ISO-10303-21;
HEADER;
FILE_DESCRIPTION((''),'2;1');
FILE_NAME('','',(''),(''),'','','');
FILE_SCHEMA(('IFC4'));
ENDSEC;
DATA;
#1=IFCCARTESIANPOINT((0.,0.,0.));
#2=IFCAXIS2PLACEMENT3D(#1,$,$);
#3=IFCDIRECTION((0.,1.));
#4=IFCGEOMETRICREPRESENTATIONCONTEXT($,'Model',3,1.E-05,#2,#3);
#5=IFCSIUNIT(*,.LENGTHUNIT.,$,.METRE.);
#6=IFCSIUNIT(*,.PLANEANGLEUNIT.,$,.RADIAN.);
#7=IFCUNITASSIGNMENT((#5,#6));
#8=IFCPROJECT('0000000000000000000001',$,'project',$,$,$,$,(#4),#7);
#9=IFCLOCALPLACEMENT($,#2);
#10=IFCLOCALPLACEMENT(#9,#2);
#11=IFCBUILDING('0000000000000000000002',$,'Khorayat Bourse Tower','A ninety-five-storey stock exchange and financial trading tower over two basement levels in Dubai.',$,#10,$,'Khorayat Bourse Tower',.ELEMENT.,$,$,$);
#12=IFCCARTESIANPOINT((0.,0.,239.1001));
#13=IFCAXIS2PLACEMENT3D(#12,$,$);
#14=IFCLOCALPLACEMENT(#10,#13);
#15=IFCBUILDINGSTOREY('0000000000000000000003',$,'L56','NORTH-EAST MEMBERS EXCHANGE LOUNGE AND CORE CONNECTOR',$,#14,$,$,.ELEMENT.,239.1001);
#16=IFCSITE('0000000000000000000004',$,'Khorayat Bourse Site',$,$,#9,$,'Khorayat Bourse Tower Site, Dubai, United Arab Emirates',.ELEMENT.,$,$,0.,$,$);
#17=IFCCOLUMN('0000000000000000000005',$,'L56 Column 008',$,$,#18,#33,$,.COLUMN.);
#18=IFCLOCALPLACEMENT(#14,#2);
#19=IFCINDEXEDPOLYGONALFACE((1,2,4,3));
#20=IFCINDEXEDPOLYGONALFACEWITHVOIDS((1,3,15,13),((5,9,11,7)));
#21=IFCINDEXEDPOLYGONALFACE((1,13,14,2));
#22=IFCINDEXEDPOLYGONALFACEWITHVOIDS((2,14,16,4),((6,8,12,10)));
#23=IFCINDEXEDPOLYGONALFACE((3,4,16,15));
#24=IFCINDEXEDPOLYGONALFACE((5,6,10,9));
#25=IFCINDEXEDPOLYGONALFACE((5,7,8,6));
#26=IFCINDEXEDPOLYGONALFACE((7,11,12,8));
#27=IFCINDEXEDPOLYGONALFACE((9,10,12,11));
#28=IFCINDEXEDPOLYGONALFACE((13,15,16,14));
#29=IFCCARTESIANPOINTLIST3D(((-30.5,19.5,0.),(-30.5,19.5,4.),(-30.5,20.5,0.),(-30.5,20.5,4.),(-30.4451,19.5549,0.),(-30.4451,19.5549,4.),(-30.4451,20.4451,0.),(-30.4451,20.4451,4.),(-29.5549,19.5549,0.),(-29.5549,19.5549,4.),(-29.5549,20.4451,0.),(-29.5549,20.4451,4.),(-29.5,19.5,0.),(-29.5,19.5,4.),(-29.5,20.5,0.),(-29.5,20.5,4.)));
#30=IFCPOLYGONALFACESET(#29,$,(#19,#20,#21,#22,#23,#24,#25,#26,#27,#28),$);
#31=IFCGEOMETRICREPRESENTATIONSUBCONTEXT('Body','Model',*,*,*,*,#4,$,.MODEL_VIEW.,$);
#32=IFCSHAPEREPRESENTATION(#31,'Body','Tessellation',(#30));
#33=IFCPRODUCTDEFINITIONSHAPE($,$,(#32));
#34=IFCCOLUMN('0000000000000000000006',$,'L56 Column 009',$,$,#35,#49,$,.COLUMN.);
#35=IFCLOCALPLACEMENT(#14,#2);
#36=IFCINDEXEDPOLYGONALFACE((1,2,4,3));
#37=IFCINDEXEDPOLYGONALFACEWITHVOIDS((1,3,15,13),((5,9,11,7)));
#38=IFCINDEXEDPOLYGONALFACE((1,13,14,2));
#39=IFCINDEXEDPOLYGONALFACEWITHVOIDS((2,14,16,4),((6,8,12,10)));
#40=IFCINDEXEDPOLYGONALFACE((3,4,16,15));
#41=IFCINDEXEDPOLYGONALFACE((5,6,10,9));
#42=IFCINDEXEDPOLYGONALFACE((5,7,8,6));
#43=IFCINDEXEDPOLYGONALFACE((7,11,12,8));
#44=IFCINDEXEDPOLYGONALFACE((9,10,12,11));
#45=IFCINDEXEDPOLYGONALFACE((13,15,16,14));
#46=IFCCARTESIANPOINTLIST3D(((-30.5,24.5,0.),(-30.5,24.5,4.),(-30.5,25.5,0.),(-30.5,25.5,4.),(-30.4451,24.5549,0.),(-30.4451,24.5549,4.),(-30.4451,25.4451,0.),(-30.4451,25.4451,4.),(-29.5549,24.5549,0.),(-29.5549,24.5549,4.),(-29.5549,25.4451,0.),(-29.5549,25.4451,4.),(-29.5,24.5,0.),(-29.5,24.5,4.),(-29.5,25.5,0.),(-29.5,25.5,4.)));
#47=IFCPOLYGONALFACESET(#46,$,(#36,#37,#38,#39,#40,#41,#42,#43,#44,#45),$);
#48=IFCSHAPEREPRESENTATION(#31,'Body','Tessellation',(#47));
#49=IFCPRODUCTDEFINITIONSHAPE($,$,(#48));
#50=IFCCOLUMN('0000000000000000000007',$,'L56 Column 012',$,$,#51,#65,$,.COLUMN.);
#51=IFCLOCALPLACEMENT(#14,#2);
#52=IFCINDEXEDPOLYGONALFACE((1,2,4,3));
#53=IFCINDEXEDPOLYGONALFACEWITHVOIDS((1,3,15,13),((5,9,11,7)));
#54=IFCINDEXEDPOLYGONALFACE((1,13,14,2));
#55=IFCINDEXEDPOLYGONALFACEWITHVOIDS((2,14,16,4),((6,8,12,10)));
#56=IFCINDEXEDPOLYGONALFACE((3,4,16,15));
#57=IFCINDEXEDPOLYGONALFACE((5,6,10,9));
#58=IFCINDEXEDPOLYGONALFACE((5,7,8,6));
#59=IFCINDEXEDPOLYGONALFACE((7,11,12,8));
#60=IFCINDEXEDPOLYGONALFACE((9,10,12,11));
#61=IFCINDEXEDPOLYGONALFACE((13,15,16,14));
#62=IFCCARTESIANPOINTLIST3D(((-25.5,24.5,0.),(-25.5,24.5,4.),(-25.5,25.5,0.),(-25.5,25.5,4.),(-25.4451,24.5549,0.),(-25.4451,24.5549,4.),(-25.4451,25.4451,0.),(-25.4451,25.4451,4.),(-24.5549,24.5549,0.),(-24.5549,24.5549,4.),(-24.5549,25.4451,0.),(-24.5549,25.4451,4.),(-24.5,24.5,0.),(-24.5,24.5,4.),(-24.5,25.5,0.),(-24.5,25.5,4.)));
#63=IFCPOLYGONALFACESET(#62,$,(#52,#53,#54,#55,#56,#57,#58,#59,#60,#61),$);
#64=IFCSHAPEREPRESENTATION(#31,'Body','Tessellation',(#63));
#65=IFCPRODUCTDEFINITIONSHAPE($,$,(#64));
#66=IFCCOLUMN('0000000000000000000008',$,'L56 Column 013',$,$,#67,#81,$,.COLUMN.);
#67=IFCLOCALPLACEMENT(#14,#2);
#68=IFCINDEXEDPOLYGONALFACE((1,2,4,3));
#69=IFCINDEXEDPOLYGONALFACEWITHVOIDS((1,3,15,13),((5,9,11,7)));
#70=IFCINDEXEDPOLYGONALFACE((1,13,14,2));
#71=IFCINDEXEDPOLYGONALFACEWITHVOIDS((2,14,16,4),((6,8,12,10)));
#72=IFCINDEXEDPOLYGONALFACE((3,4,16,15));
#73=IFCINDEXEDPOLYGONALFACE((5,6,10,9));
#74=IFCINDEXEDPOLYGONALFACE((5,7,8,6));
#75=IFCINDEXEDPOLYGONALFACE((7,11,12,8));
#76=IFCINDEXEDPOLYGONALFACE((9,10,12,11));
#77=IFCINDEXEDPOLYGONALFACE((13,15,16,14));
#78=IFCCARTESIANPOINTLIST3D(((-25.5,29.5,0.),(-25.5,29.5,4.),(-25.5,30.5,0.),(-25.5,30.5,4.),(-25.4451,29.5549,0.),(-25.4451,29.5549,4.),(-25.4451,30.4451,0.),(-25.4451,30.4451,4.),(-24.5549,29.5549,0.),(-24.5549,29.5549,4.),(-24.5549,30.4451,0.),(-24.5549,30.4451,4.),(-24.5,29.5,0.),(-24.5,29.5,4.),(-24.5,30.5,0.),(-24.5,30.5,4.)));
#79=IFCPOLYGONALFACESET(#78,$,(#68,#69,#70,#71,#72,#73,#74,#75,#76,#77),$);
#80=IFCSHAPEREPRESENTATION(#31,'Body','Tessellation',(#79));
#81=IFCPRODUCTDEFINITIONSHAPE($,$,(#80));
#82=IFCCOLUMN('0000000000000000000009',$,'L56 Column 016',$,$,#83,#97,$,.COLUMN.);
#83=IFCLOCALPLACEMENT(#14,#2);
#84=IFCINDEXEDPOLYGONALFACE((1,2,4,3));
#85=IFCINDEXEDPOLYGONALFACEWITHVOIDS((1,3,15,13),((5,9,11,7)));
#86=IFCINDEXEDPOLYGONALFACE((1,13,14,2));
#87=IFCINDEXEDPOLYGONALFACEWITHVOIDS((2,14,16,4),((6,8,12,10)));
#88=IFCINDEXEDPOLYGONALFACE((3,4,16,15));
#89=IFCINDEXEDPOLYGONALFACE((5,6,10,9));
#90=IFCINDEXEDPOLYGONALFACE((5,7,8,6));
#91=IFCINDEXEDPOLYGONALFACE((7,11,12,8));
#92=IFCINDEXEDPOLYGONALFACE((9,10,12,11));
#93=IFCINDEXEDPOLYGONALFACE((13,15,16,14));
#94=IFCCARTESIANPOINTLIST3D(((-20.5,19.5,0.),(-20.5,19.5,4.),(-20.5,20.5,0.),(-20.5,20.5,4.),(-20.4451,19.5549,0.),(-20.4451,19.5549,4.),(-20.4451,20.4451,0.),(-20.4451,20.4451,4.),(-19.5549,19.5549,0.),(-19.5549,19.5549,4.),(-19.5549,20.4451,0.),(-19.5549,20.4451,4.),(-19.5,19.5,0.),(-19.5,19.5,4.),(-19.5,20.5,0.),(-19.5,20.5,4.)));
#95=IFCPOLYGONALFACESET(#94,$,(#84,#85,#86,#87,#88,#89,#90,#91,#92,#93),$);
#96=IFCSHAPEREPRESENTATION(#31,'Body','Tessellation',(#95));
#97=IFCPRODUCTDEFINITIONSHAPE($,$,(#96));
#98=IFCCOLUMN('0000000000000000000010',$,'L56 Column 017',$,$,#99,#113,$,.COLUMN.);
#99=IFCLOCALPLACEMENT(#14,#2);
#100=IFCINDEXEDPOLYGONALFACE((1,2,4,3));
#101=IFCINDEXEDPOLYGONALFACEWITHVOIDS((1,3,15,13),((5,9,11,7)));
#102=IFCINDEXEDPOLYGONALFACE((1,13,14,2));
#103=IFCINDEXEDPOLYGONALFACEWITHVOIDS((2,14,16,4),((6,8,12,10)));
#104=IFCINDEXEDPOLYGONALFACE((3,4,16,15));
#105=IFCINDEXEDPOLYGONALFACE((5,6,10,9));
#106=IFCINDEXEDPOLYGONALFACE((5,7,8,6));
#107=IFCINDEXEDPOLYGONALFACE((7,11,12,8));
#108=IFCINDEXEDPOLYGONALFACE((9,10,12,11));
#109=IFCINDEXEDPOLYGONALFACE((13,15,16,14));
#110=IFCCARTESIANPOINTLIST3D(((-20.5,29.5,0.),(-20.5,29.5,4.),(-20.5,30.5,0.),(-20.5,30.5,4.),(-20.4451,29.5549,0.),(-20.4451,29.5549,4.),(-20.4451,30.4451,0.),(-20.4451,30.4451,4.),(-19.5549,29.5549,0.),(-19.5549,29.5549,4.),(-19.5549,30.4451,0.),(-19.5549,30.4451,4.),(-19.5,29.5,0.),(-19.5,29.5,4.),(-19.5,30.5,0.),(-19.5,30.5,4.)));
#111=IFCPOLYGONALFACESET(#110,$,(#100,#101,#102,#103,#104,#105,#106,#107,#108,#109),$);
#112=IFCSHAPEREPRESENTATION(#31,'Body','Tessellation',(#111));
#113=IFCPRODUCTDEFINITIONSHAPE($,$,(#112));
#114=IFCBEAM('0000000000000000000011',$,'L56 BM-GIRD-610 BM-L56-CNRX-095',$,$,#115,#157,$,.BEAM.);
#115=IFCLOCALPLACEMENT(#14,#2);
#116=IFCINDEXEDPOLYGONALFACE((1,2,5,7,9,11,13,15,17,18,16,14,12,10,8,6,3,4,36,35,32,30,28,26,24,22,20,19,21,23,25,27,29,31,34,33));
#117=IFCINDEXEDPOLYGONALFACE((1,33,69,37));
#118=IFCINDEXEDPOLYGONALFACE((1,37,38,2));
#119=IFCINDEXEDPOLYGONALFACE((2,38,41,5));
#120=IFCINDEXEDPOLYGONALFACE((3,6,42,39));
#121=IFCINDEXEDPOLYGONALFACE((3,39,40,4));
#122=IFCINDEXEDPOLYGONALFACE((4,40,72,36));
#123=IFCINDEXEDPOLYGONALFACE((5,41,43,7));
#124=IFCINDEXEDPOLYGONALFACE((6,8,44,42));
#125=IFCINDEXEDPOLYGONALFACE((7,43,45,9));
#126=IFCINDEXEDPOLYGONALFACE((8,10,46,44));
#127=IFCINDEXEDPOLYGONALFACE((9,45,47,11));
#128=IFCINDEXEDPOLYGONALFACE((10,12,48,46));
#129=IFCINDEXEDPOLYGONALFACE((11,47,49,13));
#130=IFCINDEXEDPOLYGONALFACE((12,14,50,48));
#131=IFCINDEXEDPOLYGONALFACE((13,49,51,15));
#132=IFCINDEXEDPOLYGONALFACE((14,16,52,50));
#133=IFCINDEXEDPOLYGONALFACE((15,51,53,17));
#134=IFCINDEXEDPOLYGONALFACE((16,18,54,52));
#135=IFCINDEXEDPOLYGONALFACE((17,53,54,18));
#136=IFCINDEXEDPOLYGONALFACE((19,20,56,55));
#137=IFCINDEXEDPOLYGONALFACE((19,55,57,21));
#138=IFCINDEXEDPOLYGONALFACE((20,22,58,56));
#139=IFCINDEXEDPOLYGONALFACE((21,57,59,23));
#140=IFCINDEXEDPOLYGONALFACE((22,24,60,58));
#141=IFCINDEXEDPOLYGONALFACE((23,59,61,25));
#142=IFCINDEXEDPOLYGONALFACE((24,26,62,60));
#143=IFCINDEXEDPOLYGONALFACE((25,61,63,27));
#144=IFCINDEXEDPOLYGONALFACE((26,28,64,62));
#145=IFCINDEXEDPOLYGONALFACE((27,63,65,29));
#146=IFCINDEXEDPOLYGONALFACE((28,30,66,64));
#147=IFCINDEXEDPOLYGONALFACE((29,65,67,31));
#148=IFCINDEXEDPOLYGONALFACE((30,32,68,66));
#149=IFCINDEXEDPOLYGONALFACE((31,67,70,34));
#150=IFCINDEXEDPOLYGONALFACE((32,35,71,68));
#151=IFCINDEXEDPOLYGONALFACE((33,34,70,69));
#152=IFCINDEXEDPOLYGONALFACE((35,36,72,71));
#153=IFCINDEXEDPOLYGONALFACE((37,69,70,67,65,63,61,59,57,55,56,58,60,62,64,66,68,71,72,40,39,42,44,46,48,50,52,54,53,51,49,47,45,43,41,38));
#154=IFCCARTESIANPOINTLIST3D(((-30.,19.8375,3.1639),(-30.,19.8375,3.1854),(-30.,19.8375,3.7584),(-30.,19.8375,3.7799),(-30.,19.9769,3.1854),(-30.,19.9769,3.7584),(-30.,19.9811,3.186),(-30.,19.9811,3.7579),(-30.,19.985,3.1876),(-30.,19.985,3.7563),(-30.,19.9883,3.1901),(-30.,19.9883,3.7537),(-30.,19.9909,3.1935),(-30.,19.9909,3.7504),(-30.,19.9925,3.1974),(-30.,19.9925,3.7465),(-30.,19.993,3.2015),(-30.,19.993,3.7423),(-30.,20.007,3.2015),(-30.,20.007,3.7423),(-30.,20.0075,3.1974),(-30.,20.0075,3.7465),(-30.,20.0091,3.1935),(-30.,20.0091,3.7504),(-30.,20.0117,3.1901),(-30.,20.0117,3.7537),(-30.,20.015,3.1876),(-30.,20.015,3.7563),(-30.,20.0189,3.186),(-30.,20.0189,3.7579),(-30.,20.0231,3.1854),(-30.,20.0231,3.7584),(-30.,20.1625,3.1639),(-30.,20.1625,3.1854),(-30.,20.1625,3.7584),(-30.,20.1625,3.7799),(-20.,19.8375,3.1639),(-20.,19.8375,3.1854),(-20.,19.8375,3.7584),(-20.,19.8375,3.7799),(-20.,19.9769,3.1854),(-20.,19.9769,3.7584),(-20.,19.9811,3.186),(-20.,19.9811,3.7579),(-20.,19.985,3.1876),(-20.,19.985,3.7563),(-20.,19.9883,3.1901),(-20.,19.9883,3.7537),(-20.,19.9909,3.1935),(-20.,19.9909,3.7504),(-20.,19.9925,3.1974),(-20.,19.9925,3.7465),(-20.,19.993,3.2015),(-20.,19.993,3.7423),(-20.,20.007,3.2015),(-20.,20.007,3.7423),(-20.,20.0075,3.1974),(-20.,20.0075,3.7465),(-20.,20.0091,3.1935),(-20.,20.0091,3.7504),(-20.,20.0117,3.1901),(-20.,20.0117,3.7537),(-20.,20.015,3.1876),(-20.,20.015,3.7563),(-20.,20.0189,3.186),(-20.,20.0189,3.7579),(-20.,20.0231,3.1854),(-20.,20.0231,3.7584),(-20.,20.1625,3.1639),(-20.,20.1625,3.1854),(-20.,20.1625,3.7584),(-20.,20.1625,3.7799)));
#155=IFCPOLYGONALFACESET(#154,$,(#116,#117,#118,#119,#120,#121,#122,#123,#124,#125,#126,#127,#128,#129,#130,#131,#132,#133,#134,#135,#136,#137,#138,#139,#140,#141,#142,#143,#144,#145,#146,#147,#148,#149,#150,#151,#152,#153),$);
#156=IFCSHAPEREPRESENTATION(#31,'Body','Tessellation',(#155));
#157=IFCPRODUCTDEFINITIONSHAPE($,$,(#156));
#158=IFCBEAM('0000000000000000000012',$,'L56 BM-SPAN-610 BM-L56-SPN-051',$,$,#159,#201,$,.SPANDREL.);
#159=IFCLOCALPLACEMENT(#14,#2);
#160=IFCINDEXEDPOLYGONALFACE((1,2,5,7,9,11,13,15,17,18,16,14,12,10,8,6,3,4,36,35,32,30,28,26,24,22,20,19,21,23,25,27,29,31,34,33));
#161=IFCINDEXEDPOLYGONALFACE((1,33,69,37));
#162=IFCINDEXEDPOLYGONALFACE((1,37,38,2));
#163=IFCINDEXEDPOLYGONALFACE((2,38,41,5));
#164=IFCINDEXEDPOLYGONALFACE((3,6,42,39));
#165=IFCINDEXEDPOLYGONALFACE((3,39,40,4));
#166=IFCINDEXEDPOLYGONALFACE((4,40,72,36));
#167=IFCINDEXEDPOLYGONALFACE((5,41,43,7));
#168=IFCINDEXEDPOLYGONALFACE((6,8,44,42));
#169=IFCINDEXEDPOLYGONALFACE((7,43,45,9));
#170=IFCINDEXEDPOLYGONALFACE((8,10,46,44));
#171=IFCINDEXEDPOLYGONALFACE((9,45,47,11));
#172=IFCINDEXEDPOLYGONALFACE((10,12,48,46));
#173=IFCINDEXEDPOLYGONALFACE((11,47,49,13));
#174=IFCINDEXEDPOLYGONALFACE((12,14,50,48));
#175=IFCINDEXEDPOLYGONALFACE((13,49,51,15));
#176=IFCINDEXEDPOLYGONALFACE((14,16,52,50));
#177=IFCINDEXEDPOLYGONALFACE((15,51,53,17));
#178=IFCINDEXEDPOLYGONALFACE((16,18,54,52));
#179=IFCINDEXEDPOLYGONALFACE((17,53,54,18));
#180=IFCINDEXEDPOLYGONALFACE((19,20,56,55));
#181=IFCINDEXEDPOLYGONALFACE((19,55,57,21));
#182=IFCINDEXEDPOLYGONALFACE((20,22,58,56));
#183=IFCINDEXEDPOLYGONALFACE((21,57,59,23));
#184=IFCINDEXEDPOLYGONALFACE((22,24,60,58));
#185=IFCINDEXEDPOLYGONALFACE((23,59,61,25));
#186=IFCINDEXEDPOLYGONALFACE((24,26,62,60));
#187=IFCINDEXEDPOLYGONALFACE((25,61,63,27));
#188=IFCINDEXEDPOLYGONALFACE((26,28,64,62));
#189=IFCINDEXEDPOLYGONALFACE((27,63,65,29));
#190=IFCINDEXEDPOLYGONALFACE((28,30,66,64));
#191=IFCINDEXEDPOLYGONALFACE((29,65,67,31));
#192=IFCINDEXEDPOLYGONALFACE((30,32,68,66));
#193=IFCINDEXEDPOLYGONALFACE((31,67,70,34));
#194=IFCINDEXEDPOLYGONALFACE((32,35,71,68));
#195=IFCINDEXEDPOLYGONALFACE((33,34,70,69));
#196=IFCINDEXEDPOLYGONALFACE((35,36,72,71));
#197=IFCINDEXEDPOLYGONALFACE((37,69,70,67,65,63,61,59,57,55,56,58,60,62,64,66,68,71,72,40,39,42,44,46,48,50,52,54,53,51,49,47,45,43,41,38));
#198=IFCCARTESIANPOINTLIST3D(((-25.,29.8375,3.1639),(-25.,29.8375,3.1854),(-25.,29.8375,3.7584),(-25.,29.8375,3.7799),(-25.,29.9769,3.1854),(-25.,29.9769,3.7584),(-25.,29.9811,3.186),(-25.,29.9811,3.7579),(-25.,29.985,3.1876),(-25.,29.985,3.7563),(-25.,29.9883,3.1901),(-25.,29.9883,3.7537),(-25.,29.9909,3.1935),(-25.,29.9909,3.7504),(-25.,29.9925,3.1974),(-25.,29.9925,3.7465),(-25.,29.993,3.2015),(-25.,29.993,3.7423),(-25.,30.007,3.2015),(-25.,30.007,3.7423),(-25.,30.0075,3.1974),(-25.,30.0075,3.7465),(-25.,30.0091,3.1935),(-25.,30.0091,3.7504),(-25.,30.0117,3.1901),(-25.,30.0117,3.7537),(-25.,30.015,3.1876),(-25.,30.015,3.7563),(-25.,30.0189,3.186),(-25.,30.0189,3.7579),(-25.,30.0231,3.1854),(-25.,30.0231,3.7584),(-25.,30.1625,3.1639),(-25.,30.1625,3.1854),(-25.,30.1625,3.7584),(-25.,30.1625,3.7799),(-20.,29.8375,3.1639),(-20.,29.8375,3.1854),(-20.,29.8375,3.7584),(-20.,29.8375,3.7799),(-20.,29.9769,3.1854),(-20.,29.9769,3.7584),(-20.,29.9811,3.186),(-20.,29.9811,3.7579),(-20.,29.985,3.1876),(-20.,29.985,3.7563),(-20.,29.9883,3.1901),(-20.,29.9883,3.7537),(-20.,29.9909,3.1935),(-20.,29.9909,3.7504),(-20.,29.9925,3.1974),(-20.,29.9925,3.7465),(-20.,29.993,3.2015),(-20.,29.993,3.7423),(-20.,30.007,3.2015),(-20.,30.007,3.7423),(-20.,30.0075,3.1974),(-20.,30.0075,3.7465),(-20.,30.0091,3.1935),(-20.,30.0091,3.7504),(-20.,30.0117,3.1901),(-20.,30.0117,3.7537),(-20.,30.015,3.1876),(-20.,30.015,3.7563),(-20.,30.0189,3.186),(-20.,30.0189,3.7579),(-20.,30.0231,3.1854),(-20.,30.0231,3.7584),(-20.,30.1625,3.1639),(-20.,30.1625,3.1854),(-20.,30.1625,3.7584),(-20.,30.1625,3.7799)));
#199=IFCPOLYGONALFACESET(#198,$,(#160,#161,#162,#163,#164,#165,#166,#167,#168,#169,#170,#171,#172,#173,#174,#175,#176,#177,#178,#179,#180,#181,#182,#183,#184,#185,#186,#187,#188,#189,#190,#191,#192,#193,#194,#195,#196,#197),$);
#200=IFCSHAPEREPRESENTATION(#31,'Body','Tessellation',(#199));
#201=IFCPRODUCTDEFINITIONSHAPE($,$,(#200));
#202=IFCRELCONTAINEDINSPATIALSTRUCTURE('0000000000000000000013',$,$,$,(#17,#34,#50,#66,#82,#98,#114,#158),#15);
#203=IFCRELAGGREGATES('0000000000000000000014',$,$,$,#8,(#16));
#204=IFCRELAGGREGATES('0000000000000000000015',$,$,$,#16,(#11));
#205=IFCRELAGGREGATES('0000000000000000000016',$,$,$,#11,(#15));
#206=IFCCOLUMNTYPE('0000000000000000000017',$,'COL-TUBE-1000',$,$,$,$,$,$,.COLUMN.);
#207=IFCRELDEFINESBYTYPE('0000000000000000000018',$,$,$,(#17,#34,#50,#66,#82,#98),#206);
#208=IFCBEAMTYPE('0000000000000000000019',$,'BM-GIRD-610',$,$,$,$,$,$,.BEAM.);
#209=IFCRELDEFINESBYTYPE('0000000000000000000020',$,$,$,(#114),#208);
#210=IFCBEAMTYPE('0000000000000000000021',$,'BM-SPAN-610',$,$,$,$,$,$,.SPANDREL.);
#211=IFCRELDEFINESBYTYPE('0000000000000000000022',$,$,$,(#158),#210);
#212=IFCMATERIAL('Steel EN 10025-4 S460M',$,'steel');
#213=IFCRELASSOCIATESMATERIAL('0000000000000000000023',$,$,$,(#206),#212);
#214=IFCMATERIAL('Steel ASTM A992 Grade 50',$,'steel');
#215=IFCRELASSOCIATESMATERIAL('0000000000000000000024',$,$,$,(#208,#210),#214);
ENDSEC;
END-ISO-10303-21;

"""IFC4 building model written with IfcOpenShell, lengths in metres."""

from ifc_helpers import new_model, si_unit, direction, frame, origin, origin_2d, place, context, subcontext, project, spatial, hollow_rectangle, i_section, extrude, source, transform, mapped, material, material_profile, profile_set, type_object, element, save


model = new_model("IFC4")

# Units and contexts
model_context = context("Model", 3, precision=1e-05, world=origin(), true_north=direction((0.0, 1.0)))
body_context = subcontext(model_context, "Body", "Model", "MODEL_VIEW")
ifc_project = project(units=[si_unit("LENGTHUNIT", "METRE"), si_unit("PLANEANGLEUNIT", "RADIAN")], contexts=[model_context])

# Site, building, storey
site_placement = place(None, origin())
site = spatial("IfcSite", under=ifc_project, at=site_placement, Name="Khorayat Bourse Site", LongName="Khorayat Bourse Tower Site, Dubai, United Arab Emirates", CompositionType="ELEMENT", RefElevation=0.0)
building_placement = place(site_placement, origin())
building = spatial("IfcBuilding", under=site, at=building_placement, Name="Khorayat Bourse Tower", Description="A ninety-five-storey stock exchange and financial trading tower over two basement levels in Dubai.", LongName="Khorayat Bourse Tower", CompositionType="ELEMENT")
storey_placement = place(building_placement, frame((0.0, 0.0, 239.1001)))
storey = spatial("IfcBuildingStorey", under=building, at=storey_placement, Name="L56", Description="NORTH-EAST MEMBERS EXCHANGE LOUNGE AND CORE CONNECTOR", CompositionType="ELEMENT", Elevation=239.1001)

# Columns
ifc_material_1 = material(Name="Steel EN 10025-4 S460M", Category="steel")
ifc_material_profile_1 = material_profile(ifc_material_1, hollow_rectangle(XDim=1.0, YDim=1.0, WallThickness=0.0549, at=origin_2d()), Name="BOX 1000x1000x55")
ifc_profile_set_1 = profile_set([ifc_material_profile_1], Name="Steel EN 10025-4 S460M")
column_type = type_object("IfcColumnType", Name="COL-TUBE-1000", PredefinedType="COLUMN", material=ifc_profile_set_1)
shared_shape_1 = source(origin(), body_context, "Body", "SweptSolid", [
    extrude(hollow_rectangle(XDim=1.0, YDim=1.0, WallThickness=0.0549, at=origin_2d()), origin(), (0.0, 0.0, 1.0), 4.0),
])
for number, where, z_axis, x_axis, name in (
    (1, (-30.0, 20.0, 0.0), (0.0, 0.0, 1.0), (1.0, 0.0, 0.0), "L56 Column 008"),
    (2, (-30.0, 25.0, 0.0), (0.0, 0.0, 1.0), (1.0, 0.0, 0.0), "L56 Column 009"),
    (3, (-25.0, 25.0, 0.0), (0.0, 0.0, 1.0), (1.0, 0.0, 0.0), "L56 Column 012"),
    (4, (-25.0, 30.0, 0.0), (0.0, 0.0, 1.0), (1.0, 0.0, 0.0), "L56 Column 013"),
    (5, (-20.0, 20.0, 0.0), (0.0, 0.0, 1.0), (1.0, 0.0, 0.0), "L56 Column 016"),
    (6, (-20.0, 30.0, 0.0), (0.0, 0.0, 1.0), (1.0, 0.0, 0.0), "L56 Column 017"),
):
    element("IfcColumn", number, at=place(storey_placement, frame(where, z_axis=z_axis, x_axis=x_axis)), inside=storey, type_object=column_type, Name=name, PredefinedType="COLUMN", context=body_context, shape_type="MappedRepresentation", body=[
        mapped(shared_shape_1, transform((0.0, 0.0, 0.0), scale=1.0)),
    ])

# Beams
ifc_material_2 = material(Name="Steel ASTM A992 Grade 50", Category="steel")
ifc_material_profile_2 = material_profile(ifc_material_2, i_section(OverallWidth=0.325, OverallDepth=0.616, WebThickness=0.0139, FlangeThickness=0.0215, FilletRadius=0.0161, at=origin_2d()), Name="W610X174")
ifc_profile_set_2 = profile_set([ifc_material_profile_2], Name="Steel ASTM A992 Grade 50")
beam_type_1 = type_object("IfcBeamType", Name="BM-GIRD-610", PredefinedType="BEAM", material=ifc_profile_set_2)
shared_shape_2 = source(origin(), body_context, "Body", "SweptSolid", [
    extrude(i_section(OverallWidth=0.325, OverallDepth=0.616, WebThickness=0.0139, FlangeThickness=0.0215, FilletRadius=0.0161, at=origin_2d()), origin(), (0.0, 0.0, 1.0), 10.0),
])
beam_1_placement = place(storey_placement, frame((-30.0, 20.0, 3.4719), z_axis=(1.0, 0.0, 0.0), x_axis=(0.0, 1.0, 0.0)))
element("IfcBeam", 7, at=beam_1_placement, inside=storey, type_object=beam_type_1, Name="L56 BM-GIRD-610 BM-L56-CNRX-095", PredefinedType="BEAM", context=body_context, shape_type="MappedRepresentation", body=[
    mapped(shared_shape_2, transform((0.0, 0.0, 0.0), scale=1.0)),
])
ifc_material_profile_3 = material_profile(ifc_material_2, i_section(OverallWidth=0.325, OverallDepth=0.616, WebThickness=0.0139, FlangeThickness=0.0215, FilletRadius=0.0161, at=origin_2d()), Name="W610X174")
ifc_profile_set_3 = profile_set([ifc_material_profile_3], Name="Steel ASTM A992 Grade 50")
beam_type_2 = type_object("IfcBeamType", Name="BM-SPAN-610", PredefinedType="SPANDREL", material=ifc_profile_set_3)
shared_shape_3 = source(origin(), body_context, "Body", "SweptSolid", [
    extrude(i_section(OverallWidth=0.325, OverallDepth=0.616, WebThickness=0.0139, FlangeThickness=0.0215, FilletRadius=0.0161, at=origin_2d()), origin(), (0.0, 0.0, 1.0), 5.0),
])
for number, where, z_axis, x_axis, name in (
    (8, (-25.0, 30.0, 3.4719), (1.0, 0.0, 0.0), (0.0, 1.0, 0.0), "L56 BM-SPAN-610 BM-L56-SPN-051"),
):
    element("IfcBeam", number, at=place(storey_placement, frame(where, z_axis=z_axis, x_axis=x_axis)), inside=storey, type_object=beam_type_2, Name=name, PredefinedType="SPANDREL", context=body_context, shape_type="MappedRepresentation", body=[
        mapped(shared_shape_3, transform((0.0, 0.0, 0.0), scale=1.0)),
    ])

save(model, "model.ifc")
